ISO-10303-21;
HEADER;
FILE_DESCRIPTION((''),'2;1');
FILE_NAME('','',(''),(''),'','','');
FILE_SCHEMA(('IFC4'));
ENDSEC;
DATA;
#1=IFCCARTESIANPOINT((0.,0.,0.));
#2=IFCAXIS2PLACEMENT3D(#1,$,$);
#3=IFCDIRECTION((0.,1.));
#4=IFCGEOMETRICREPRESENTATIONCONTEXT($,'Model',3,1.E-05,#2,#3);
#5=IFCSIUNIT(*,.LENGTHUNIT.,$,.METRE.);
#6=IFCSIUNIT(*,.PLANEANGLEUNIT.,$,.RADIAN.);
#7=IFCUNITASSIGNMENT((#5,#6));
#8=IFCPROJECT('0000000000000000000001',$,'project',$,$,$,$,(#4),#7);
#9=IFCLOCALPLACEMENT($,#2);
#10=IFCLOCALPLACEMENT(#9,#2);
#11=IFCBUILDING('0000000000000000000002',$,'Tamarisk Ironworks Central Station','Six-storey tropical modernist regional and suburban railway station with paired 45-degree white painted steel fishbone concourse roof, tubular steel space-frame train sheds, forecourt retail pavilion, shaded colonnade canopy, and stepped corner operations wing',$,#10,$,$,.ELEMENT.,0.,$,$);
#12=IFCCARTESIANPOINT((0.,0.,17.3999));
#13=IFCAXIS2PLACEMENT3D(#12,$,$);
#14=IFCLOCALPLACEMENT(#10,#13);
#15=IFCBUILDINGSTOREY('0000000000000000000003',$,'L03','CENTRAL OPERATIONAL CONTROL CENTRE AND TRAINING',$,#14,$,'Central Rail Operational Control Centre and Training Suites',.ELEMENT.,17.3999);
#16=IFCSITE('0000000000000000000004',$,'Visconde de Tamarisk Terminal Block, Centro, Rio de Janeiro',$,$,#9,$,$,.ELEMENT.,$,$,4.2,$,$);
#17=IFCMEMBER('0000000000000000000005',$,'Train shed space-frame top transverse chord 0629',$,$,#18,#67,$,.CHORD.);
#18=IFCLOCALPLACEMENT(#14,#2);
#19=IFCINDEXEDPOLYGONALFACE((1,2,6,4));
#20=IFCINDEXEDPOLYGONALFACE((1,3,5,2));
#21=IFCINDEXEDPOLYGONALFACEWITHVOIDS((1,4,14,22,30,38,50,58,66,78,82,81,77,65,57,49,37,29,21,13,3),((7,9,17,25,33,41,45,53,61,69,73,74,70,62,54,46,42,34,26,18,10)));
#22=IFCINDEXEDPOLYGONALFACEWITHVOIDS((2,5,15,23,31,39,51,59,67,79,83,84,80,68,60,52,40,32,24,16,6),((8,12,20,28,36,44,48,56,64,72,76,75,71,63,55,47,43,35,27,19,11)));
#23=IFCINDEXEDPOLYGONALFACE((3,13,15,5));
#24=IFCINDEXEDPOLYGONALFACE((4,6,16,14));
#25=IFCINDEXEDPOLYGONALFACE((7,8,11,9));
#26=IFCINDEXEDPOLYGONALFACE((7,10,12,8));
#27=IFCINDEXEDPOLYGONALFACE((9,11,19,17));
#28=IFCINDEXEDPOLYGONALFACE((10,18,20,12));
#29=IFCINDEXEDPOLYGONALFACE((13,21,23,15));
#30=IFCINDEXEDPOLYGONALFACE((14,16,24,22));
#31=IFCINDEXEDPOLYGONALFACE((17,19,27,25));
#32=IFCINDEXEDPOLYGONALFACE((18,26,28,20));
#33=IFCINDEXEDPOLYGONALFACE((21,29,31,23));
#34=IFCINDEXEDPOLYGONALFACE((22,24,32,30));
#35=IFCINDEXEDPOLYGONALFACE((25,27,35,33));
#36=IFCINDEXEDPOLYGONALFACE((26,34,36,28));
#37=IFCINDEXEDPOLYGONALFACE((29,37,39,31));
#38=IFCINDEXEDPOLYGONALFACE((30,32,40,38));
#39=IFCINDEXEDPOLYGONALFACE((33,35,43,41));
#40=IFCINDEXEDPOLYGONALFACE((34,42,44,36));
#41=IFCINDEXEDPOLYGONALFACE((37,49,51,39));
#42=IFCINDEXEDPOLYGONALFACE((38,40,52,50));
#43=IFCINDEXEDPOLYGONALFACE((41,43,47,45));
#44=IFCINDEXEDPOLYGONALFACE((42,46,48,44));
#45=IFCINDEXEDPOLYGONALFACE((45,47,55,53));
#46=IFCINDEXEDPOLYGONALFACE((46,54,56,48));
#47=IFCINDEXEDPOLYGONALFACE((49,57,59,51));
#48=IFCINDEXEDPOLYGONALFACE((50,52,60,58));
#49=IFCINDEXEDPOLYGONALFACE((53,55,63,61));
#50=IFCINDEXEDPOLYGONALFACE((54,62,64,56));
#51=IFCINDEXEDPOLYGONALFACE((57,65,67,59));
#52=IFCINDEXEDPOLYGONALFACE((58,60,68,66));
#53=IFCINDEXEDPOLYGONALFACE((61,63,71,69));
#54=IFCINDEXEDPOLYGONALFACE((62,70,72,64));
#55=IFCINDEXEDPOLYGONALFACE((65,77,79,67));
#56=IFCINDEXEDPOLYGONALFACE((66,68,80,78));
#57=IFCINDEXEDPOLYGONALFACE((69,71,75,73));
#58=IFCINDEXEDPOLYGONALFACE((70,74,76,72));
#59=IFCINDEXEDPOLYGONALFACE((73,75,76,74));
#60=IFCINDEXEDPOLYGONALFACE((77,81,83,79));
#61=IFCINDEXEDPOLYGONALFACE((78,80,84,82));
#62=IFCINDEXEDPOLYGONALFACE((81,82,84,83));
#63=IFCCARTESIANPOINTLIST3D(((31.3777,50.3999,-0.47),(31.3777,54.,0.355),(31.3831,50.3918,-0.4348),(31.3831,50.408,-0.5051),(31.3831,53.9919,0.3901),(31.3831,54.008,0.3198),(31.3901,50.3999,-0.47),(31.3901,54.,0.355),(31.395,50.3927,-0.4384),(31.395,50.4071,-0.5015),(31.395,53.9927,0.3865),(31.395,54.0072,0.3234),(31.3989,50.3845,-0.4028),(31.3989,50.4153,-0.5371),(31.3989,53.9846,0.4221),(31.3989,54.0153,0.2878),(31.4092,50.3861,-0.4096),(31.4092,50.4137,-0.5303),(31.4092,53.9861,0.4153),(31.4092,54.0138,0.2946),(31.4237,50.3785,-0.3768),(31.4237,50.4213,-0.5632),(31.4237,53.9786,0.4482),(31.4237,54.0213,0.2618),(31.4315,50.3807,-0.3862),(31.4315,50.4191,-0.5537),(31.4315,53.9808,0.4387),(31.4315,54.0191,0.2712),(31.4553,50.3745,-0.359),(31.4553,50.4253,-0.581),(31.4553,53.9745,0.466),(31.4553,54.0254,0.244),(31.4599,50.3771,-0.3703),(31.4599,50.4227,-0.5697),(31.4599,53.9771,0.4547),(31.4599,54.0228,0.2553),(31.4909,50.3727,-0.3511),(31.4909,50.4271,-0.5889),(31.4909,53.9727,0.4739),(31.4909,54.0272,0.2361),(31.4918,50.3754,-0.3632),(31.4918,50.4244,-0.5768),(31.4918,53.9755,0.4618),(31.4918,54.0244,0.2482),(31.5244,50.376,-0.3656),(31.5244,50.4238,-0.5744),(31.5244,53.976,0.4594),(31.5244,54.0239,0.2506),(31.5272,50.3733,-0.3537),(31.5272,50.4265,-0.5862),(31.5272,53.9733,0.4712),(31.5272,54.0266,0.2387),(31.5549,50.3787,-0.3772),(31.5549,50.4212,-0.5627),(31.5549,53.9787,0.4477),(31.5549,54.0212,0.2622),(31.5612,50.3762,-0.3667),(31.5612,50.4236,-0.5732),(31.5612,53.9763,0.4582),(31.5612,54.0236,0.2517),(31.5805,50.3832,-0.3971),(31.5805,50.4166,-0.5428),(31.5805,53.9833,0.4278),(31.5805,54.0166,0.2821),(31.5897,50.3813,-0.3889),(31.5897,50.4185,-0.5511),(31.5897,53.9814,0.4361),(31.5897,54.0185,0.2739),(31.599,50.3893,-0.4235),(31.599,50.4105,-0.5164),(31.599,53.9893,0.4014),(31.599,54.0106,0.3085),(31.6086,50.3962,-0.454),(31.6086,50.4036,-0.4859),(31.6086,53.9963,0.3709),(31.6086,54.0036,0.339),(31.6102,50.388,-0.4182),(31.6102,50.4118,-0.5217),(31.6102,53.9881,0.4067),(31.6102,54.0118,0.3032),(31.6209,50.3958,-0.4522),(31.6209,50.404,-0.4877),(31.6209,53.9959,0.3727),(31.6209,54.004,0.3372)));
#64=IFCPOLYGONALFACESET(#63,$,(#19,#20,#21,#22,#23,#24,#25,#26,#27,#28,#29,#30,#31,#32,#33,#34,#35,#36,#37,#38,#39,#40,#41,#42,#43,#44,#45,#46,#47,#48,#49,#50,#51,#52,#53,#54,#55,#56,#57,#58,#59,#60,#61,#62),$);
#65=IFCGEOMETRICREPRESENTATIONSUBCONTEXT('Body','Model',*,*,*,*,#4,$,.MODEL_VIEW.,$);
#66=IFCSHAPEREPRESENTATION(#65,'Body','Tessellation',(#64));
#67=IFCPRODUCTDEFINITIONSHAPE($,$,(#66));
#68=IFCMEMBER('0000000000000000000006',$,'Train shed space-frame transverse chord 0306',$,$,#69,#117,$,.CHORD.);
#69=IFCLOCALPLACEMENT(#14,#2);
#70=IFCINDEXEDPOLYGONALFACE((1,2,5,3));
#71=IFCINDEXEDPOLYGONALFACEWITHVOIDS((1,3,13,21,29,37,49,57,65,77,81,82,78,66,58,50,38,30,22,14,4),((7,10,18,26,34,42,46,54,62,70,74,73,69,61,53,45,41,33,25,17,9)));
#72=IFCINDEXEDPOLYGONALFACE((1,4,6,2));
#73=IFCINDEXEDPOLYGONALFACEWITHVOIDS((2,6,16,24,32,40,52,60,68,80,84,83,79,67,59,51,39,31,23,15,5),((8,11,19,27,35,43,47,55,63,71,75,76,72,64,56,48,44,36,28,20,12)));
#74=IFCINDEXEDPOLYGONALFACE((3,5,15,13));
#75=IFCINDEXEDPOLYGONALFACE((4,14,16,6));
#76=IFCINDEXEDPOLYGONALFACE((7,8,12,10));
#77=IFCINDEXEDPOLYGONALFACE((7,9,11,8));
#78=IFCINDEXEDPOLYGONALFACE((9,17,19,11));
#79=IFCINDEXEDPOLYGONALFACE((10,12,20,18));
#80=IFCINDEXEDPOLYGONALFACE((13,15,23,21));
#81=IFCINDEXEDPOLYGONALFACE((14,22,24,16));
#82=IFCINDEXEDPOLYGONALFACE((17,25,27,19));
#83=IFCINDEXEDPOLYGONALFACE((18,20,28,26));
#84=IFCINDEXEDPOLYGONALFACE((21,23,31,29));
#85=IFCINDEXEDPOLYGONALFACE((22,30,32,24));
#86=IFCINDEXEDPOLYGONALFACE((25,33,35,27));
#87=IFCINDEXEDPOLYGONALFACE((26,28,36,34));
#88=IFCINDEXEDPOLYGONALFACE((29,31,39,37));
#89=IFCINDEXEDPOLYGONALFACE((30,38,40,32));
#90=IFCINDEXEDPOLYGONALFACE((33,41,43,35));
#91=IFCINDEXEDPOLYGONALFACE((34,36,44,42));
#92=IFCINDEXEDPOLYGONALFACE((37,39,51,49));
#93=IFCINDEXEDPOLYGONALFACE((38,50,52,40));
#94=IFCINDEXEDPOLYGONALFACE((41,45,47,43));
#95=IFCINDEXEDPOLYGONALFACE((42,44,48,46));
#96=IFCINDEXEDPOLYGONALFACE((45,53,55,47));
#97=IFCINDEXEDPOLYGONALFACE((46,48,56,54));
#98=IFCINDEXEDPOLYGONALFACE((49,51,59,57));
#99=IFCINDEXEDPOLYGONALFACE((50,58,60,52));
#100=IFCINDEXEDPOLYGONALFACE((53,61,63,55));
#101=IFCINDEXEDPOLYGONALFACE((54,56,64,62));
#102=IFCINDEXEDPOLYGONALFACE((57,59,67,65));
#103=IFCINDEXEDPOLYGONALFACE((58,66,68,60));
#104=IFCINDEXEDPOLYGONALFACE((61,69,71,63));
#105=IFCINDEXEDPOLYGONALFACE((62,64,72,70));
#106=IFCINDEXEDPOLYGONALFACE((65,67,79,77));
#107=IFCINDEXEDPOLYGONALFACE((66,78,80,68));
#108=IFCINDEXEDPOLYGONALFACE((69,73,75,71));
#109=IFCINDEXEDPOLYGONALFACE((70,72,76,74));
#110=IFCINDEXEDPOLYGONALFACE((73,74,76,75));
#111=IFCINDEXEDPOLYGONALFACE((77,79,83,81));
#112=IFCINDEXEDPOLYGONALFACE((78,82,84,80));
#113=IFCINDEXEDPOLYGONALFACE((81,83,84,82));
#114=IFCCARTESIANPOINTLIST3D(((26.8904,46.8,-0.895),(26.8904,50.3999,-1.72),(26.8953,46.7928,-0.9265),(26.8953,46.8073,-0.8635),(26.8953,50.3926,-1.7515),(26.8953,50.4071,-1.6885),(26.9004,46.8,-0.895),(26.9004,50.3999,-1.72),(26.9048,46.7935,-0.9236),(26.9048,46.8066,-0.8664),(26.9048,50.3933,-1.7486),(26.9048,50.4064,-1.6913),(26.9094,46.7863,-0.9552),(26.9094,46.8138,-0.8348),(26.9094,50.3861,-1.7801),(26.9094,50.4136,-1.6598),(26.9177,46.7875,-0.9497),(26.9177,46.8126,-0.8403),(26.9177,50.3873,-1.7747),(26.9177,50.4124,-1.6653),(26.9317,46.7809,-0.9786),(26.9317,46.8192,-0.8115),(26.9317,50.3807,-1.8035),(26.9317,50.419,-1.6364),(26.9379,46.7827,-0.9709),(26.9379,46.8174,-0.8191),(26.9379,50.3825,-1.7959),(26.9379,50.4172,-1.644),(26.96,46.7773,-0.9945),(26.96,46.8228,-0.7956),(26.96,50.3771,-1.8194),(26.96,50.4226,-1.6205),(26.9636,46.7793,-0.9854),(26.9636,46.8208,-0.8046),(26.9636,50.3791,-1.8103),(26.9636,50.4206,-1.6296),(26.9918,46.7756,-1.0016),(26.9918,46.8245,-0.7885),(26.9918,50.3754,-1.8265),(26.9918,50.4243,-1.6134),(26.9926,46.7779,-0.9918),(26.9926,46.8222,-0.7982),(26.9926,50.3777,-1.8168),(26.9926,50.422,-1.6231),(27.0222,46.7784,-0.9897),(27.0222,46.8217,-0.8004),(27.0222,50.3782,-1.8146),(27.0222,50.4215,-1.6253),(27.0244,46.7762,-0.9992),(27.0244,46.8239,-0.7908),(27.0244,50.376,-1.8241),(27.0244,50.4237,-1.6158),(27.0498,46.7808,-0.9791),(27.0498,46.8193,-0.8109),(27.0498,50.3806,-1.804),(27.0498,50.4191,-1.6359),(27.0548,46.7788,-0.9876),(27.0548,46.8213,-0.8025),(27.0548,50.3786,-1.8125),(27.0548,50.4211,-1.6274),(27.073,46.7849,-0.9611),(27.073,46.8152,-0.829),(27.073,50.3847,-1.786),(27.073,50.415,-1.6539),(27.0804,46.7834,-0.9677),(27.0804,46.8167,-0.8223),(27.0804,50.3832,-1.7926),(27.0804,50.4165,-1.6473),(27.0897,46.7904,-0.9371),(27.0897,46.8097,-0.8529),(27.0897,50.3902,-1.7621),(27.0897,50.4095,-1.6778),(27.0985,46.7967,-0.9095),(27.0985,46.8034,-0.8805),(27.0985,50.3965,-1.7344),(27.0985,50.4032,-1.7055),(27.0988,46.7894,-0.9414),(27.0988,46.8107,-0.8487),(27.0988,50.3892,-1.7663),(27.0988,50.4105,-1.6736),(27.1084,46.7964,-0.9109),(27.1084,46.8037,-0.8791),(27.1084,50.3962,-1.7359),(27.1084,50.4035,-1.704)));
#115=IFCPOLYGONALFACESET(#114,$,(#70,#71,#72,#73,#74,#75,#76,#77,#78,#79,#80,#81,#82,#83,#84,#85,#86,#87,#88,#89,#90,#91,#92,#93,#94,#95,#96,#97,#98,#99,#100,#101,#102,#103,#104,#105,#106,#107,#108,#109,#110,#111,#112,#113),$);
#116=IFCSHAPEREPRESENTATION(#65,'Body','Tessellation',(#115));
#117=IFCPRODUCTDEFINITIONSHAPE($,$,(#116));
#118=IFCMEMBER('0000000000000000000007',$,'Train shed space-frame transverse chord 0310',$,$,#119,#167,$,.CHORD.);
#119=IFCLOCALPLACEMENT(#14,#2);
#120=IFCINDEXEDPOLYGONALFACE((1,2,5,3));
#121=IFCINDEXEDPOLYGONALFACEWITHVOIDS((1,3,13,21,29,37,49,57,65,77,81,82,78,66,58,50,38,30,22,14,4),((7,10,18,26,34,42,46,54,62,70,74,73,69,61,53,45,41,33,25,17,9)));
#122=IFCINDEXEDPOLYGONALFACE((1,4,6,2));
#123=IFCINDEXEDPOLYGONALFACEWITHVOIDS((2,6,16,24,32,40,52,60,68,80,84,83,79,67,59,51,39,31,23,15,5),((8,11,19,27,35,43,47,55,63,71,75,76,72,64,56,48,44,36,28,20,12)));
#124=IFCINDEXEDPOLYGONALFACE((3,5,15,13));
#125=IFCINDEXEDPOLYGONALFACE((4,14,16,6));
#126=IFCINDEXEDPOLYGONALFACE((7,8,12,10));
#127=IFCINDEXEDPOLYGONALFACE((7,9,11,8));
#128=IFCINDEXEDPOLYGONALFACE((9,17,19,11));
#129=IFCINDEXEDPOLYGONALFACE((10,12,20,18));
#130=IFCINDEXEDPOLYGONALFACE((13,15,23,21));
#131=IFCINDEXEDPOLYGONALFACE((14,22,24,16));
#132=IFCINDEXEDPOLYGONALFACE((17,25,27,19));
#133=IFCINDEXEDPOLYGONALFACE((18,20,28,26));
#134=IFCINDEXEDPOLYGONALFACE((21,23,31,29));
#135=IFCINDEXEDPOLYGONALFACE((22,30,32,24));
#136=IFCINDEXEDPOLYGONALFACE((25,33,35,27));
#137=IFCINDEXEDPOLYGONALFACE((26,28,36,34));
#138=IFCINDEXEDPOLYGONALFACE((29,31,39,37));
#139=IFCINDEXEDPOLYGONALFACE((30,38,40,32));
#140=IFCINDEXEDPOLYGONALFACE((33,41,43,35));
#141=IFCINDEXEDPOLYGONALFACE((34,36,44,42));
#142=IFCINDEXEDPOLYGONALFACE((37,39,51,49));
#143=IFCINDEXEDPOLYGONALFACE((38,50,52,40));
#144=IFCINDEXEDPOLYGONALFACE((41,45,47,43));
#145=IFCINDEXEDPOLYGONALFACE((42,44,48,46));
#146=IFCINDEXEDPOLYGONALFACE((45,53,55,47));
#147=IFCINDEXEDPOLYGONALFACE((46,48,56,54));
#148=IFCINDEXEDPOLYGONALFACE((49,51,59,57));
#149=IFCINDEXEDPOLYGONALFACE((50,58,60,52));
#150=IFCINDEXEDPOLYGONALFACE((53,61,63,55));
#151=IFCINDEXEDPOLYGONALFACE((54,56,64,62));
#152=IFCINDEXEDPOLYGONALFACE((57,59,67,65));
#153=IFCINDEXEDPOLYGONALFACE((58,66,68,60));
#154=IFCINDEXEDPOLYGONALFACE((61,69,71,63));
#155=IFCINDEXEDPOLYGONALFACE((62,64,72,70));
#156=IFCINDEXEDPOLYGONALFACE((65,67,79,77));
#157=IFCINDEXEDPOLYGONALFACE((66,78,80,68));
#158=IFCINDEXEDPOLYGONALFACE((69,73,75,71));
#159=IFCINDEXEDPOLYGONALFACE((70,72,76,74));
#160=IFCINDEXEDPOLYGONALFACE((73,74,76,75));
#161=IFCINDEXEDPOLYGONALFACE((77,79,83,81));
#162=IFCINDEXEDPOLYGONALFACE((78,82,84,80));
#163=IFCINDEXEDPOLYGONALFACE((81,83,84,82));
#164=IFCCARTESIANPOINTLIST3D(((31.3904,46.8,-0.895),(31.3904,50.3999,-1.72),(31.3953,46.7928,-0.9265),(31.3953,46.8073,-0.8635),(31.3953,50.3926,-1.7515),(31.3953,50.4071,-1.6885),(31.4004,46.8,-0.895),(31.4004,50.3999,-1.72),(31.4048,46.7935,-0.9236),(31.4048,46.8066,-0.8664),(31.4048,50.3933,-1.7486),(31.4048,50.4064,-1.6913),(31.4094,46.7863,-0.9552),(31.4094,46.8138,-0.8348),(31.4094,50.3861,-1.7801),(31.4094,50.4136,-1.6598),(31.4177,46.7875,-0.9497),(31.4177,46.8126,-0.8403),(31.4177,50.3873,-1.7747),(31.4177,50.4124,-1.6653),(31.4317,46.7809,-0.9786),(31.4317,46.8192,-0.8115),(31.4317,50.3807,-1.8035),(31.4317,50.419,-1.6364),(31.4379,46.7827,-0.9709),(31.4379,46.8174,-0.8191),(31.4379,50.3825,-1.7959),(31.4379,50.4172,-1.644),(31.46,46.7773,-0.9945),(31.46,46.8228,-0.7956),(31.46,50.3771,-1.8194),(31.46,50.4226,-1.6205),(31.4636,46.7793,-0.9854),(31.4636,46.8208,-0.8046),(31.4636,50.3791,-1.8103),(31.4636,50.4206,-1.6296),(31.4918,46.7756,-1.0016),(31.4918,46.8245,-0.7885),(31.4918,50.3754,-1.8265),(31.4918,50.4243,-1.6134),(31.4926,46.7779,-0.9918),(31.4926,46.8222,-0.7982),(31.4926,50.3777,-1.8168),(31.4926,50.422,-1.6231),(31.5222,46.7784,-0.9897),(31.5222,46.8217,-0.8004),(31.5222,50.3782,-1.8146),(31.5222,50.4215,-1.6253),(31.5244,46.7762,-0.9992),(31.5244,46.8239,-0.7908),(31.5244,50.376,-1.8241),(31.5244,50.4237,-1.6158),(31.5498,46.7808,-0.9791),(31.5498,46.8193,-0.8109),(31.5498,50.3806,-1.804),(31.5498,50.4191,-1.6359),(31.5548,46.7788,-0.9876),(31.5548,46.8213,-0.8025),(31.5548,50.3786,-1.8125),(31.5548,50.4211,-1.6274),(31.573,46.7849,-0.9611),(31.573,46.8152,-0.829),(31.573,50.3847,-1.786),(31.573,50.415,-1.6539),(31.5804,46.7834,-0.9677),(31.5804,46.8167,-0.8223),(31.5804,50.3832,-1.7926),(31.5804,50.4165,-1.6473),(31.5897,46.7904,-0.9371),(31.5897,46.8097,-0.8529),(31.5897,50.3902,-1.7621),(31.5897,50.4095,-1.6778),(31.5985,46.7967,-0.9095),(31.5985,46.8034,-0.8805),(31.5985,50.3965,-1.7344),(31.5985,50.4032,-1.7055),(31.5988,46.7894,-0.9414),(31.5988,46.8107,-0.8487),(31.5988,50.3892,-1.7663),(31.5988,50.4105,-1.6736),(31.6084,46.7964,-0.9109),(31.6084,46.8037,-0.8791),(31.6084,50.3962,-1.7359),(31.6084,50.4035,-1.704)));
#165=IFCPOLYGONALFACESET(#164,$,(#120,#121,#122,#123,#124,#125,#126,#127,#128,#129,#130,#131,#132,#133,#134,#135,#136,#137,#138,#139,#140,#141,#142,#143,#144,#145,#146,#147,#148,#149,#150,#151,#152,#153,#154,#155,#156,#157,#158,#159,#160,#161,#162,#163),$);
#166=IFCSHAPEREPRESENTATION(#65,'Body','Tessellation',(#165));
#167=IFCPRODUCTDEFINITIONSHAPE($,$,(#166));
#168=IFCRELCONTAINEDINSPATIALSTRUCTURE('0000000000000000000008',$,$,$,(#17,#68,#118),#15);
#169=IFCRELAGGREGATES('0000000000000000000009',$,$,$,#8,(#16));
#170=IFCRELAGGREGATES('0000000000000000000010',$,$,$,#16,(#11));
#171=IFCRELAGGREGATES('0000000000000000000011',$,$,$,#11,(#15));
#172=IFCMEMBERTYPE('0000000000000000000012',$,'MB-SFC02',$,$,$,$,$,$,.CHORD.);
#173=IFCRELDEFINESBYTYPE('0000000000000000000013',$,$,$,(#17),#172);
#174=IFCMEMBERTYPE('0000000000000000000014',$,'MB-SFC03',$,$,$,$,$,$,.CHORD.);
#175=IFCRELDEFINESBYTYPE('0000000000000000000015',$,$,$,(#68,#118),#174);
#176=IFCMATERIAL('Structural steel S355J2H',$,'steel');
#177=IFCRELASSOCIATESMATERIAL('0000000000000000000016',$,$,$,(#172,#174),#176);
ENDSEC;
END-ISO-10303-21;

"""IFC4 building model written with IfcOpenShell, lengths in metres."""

from ifc_helpers import new_model, si_unit, direction, frame, origin, origin_2d, place, context, subcontext, project, spatial, hollow_circle, extrude, material, material_profile, profile_set, type_object, element, save


model = new_model("IFC4")

# Units and contexts
model_context = context("Model", 3, precision=1e-05, world=origin(), true_north=direction((0.0, 1.0)))
body_context = subcontext(model_context, "Body", "Model", "MODEL_VIEW")
ifc_project = project(units=[si_unit("LENGTHUNIT", "METRE"), si_unit("PLANEANGLEUNIT", "RADIAN")], contexts=[model_context])

# Site, building, storey
site_placement = place(None, origin())
site = spatial("IfcSite", under=ifc_project, at=site_placement, Name="Visconde de Tamarisk Terminal Block, Centro, Rio de Janeiro", CompositionType="ELEMENT", RefElevation=4.2)
building_placement = place(site_placement, origin())
building = spatial("IfcBuilding", under=site, at=building_placement, Name="Tamarisk Ironworks Central Station", Description="Six-storey tropical modernist regional and suburban railway station with paired 45-degree white painted steel fishbone concourse roof, tubular steel space-frame train sheds, forecourt retail pavilion, shaded colonnade canopy, and stepped corner operations wing", CompositionType="ELEMENT", ElevationOfRefHeight=0.0)
storey_placement = place(building_placement, frame((0.0, 0.0, 17.3999)))
storey = spatial("IfcBuildingStorey", under=building, at=storey_placement, Name="L03", Description="CENTRAL OPERATIONAL CONTROL CENTRE AND TRAINING", LongName="Central Rail Operational Control Centre and Training Suites", CompositionType="ELEMENT", Elevation=17.3999)

# Members
ifc_material_1 = material(Name="Structural steel S355J2H", Category="steel")
ifc_material_profile_1 = material_profile(ifc_material_1, hollow_circle(Radius=0.1223, WallThickness=0.0125, at=origin_2d()), Name="CHS 244.5x12.5")
ifc_profile_set_1 = profile_set([ifc_material_profile_1], Name="Structural steel S355J2H")
member_type_1 = type_object("IfcMemberType", Name="MB-SFC02", PredefinedType="CHORD", material=ifc_profile_set_1)
for number, where, z_axis, x_axis, name in (
    (1, (31.5, 50.3999, -0.47), (0.0, 0.974737, 0.223358), (-1.0, 0.0, 0.0), "Train shed space-frame top transverse chord 0629"),
):
    element("IfcMember", number, at=place(storey_placement, frame(where, z_axis=z_axis, x_axis=x_axis)), inside=storey, type_object=member_type_1, Name=name, PredefinedType="CHORD", context=body_context, shape_type="SweptSolid", body=[
        extrude(hollow_circle(Radius=0.1223, WallThickness=0.0125, at=origin_2d()), origin(), (0.0, 0.0, 1.0), 3.6934),
    ])
ifc_material_profile_2 = material_profile(ifc_material_1, hollow_circle(Radius=0.1096, WallThickness=0.01, at=origin_2d()), Name="CHS 219.1x10")
ifc_profile_set_2 = profile_set([ifc_material_profile_2], Name="Structural steel S355J2H")
member_type_2 = type_object("IfcMemberType", Name="MB-SFC03", PredefinedType="CHORD", material=ifc_profile_set_2)
for number, where, z_axis, x_axis, name in (
    (2, (27.0, 46.8, -0.895), (0.0, 0.974733, -0.223372), (-1.0, 0.0, 0.0), "Train shed space-frame transverse chord 0306"),
    (3, (31.5, 46.8, -0.895), (0.0, 0.974733, -0.223372), (-1.0, 0.0, 0.0), "Train shed space-frame transverse chord 0310"),
):
    element("IfcMember", number, at=place(storey_placement, frame(where, z_axis=z_axis, x_axis=x_axis)), inside=storey, type_object=member_type_2, Name=name, PredefinedType="CHORD", context=body_context, shape_type="SweptSolid", body=[
        extrude(hollow_circle(Radius=0.1096, WallThickness=0.01, at=origin_2d()), origin(), (0.0, 0.0, 1.0), 3.6931),
    ])

save(model, "model.ifc")
